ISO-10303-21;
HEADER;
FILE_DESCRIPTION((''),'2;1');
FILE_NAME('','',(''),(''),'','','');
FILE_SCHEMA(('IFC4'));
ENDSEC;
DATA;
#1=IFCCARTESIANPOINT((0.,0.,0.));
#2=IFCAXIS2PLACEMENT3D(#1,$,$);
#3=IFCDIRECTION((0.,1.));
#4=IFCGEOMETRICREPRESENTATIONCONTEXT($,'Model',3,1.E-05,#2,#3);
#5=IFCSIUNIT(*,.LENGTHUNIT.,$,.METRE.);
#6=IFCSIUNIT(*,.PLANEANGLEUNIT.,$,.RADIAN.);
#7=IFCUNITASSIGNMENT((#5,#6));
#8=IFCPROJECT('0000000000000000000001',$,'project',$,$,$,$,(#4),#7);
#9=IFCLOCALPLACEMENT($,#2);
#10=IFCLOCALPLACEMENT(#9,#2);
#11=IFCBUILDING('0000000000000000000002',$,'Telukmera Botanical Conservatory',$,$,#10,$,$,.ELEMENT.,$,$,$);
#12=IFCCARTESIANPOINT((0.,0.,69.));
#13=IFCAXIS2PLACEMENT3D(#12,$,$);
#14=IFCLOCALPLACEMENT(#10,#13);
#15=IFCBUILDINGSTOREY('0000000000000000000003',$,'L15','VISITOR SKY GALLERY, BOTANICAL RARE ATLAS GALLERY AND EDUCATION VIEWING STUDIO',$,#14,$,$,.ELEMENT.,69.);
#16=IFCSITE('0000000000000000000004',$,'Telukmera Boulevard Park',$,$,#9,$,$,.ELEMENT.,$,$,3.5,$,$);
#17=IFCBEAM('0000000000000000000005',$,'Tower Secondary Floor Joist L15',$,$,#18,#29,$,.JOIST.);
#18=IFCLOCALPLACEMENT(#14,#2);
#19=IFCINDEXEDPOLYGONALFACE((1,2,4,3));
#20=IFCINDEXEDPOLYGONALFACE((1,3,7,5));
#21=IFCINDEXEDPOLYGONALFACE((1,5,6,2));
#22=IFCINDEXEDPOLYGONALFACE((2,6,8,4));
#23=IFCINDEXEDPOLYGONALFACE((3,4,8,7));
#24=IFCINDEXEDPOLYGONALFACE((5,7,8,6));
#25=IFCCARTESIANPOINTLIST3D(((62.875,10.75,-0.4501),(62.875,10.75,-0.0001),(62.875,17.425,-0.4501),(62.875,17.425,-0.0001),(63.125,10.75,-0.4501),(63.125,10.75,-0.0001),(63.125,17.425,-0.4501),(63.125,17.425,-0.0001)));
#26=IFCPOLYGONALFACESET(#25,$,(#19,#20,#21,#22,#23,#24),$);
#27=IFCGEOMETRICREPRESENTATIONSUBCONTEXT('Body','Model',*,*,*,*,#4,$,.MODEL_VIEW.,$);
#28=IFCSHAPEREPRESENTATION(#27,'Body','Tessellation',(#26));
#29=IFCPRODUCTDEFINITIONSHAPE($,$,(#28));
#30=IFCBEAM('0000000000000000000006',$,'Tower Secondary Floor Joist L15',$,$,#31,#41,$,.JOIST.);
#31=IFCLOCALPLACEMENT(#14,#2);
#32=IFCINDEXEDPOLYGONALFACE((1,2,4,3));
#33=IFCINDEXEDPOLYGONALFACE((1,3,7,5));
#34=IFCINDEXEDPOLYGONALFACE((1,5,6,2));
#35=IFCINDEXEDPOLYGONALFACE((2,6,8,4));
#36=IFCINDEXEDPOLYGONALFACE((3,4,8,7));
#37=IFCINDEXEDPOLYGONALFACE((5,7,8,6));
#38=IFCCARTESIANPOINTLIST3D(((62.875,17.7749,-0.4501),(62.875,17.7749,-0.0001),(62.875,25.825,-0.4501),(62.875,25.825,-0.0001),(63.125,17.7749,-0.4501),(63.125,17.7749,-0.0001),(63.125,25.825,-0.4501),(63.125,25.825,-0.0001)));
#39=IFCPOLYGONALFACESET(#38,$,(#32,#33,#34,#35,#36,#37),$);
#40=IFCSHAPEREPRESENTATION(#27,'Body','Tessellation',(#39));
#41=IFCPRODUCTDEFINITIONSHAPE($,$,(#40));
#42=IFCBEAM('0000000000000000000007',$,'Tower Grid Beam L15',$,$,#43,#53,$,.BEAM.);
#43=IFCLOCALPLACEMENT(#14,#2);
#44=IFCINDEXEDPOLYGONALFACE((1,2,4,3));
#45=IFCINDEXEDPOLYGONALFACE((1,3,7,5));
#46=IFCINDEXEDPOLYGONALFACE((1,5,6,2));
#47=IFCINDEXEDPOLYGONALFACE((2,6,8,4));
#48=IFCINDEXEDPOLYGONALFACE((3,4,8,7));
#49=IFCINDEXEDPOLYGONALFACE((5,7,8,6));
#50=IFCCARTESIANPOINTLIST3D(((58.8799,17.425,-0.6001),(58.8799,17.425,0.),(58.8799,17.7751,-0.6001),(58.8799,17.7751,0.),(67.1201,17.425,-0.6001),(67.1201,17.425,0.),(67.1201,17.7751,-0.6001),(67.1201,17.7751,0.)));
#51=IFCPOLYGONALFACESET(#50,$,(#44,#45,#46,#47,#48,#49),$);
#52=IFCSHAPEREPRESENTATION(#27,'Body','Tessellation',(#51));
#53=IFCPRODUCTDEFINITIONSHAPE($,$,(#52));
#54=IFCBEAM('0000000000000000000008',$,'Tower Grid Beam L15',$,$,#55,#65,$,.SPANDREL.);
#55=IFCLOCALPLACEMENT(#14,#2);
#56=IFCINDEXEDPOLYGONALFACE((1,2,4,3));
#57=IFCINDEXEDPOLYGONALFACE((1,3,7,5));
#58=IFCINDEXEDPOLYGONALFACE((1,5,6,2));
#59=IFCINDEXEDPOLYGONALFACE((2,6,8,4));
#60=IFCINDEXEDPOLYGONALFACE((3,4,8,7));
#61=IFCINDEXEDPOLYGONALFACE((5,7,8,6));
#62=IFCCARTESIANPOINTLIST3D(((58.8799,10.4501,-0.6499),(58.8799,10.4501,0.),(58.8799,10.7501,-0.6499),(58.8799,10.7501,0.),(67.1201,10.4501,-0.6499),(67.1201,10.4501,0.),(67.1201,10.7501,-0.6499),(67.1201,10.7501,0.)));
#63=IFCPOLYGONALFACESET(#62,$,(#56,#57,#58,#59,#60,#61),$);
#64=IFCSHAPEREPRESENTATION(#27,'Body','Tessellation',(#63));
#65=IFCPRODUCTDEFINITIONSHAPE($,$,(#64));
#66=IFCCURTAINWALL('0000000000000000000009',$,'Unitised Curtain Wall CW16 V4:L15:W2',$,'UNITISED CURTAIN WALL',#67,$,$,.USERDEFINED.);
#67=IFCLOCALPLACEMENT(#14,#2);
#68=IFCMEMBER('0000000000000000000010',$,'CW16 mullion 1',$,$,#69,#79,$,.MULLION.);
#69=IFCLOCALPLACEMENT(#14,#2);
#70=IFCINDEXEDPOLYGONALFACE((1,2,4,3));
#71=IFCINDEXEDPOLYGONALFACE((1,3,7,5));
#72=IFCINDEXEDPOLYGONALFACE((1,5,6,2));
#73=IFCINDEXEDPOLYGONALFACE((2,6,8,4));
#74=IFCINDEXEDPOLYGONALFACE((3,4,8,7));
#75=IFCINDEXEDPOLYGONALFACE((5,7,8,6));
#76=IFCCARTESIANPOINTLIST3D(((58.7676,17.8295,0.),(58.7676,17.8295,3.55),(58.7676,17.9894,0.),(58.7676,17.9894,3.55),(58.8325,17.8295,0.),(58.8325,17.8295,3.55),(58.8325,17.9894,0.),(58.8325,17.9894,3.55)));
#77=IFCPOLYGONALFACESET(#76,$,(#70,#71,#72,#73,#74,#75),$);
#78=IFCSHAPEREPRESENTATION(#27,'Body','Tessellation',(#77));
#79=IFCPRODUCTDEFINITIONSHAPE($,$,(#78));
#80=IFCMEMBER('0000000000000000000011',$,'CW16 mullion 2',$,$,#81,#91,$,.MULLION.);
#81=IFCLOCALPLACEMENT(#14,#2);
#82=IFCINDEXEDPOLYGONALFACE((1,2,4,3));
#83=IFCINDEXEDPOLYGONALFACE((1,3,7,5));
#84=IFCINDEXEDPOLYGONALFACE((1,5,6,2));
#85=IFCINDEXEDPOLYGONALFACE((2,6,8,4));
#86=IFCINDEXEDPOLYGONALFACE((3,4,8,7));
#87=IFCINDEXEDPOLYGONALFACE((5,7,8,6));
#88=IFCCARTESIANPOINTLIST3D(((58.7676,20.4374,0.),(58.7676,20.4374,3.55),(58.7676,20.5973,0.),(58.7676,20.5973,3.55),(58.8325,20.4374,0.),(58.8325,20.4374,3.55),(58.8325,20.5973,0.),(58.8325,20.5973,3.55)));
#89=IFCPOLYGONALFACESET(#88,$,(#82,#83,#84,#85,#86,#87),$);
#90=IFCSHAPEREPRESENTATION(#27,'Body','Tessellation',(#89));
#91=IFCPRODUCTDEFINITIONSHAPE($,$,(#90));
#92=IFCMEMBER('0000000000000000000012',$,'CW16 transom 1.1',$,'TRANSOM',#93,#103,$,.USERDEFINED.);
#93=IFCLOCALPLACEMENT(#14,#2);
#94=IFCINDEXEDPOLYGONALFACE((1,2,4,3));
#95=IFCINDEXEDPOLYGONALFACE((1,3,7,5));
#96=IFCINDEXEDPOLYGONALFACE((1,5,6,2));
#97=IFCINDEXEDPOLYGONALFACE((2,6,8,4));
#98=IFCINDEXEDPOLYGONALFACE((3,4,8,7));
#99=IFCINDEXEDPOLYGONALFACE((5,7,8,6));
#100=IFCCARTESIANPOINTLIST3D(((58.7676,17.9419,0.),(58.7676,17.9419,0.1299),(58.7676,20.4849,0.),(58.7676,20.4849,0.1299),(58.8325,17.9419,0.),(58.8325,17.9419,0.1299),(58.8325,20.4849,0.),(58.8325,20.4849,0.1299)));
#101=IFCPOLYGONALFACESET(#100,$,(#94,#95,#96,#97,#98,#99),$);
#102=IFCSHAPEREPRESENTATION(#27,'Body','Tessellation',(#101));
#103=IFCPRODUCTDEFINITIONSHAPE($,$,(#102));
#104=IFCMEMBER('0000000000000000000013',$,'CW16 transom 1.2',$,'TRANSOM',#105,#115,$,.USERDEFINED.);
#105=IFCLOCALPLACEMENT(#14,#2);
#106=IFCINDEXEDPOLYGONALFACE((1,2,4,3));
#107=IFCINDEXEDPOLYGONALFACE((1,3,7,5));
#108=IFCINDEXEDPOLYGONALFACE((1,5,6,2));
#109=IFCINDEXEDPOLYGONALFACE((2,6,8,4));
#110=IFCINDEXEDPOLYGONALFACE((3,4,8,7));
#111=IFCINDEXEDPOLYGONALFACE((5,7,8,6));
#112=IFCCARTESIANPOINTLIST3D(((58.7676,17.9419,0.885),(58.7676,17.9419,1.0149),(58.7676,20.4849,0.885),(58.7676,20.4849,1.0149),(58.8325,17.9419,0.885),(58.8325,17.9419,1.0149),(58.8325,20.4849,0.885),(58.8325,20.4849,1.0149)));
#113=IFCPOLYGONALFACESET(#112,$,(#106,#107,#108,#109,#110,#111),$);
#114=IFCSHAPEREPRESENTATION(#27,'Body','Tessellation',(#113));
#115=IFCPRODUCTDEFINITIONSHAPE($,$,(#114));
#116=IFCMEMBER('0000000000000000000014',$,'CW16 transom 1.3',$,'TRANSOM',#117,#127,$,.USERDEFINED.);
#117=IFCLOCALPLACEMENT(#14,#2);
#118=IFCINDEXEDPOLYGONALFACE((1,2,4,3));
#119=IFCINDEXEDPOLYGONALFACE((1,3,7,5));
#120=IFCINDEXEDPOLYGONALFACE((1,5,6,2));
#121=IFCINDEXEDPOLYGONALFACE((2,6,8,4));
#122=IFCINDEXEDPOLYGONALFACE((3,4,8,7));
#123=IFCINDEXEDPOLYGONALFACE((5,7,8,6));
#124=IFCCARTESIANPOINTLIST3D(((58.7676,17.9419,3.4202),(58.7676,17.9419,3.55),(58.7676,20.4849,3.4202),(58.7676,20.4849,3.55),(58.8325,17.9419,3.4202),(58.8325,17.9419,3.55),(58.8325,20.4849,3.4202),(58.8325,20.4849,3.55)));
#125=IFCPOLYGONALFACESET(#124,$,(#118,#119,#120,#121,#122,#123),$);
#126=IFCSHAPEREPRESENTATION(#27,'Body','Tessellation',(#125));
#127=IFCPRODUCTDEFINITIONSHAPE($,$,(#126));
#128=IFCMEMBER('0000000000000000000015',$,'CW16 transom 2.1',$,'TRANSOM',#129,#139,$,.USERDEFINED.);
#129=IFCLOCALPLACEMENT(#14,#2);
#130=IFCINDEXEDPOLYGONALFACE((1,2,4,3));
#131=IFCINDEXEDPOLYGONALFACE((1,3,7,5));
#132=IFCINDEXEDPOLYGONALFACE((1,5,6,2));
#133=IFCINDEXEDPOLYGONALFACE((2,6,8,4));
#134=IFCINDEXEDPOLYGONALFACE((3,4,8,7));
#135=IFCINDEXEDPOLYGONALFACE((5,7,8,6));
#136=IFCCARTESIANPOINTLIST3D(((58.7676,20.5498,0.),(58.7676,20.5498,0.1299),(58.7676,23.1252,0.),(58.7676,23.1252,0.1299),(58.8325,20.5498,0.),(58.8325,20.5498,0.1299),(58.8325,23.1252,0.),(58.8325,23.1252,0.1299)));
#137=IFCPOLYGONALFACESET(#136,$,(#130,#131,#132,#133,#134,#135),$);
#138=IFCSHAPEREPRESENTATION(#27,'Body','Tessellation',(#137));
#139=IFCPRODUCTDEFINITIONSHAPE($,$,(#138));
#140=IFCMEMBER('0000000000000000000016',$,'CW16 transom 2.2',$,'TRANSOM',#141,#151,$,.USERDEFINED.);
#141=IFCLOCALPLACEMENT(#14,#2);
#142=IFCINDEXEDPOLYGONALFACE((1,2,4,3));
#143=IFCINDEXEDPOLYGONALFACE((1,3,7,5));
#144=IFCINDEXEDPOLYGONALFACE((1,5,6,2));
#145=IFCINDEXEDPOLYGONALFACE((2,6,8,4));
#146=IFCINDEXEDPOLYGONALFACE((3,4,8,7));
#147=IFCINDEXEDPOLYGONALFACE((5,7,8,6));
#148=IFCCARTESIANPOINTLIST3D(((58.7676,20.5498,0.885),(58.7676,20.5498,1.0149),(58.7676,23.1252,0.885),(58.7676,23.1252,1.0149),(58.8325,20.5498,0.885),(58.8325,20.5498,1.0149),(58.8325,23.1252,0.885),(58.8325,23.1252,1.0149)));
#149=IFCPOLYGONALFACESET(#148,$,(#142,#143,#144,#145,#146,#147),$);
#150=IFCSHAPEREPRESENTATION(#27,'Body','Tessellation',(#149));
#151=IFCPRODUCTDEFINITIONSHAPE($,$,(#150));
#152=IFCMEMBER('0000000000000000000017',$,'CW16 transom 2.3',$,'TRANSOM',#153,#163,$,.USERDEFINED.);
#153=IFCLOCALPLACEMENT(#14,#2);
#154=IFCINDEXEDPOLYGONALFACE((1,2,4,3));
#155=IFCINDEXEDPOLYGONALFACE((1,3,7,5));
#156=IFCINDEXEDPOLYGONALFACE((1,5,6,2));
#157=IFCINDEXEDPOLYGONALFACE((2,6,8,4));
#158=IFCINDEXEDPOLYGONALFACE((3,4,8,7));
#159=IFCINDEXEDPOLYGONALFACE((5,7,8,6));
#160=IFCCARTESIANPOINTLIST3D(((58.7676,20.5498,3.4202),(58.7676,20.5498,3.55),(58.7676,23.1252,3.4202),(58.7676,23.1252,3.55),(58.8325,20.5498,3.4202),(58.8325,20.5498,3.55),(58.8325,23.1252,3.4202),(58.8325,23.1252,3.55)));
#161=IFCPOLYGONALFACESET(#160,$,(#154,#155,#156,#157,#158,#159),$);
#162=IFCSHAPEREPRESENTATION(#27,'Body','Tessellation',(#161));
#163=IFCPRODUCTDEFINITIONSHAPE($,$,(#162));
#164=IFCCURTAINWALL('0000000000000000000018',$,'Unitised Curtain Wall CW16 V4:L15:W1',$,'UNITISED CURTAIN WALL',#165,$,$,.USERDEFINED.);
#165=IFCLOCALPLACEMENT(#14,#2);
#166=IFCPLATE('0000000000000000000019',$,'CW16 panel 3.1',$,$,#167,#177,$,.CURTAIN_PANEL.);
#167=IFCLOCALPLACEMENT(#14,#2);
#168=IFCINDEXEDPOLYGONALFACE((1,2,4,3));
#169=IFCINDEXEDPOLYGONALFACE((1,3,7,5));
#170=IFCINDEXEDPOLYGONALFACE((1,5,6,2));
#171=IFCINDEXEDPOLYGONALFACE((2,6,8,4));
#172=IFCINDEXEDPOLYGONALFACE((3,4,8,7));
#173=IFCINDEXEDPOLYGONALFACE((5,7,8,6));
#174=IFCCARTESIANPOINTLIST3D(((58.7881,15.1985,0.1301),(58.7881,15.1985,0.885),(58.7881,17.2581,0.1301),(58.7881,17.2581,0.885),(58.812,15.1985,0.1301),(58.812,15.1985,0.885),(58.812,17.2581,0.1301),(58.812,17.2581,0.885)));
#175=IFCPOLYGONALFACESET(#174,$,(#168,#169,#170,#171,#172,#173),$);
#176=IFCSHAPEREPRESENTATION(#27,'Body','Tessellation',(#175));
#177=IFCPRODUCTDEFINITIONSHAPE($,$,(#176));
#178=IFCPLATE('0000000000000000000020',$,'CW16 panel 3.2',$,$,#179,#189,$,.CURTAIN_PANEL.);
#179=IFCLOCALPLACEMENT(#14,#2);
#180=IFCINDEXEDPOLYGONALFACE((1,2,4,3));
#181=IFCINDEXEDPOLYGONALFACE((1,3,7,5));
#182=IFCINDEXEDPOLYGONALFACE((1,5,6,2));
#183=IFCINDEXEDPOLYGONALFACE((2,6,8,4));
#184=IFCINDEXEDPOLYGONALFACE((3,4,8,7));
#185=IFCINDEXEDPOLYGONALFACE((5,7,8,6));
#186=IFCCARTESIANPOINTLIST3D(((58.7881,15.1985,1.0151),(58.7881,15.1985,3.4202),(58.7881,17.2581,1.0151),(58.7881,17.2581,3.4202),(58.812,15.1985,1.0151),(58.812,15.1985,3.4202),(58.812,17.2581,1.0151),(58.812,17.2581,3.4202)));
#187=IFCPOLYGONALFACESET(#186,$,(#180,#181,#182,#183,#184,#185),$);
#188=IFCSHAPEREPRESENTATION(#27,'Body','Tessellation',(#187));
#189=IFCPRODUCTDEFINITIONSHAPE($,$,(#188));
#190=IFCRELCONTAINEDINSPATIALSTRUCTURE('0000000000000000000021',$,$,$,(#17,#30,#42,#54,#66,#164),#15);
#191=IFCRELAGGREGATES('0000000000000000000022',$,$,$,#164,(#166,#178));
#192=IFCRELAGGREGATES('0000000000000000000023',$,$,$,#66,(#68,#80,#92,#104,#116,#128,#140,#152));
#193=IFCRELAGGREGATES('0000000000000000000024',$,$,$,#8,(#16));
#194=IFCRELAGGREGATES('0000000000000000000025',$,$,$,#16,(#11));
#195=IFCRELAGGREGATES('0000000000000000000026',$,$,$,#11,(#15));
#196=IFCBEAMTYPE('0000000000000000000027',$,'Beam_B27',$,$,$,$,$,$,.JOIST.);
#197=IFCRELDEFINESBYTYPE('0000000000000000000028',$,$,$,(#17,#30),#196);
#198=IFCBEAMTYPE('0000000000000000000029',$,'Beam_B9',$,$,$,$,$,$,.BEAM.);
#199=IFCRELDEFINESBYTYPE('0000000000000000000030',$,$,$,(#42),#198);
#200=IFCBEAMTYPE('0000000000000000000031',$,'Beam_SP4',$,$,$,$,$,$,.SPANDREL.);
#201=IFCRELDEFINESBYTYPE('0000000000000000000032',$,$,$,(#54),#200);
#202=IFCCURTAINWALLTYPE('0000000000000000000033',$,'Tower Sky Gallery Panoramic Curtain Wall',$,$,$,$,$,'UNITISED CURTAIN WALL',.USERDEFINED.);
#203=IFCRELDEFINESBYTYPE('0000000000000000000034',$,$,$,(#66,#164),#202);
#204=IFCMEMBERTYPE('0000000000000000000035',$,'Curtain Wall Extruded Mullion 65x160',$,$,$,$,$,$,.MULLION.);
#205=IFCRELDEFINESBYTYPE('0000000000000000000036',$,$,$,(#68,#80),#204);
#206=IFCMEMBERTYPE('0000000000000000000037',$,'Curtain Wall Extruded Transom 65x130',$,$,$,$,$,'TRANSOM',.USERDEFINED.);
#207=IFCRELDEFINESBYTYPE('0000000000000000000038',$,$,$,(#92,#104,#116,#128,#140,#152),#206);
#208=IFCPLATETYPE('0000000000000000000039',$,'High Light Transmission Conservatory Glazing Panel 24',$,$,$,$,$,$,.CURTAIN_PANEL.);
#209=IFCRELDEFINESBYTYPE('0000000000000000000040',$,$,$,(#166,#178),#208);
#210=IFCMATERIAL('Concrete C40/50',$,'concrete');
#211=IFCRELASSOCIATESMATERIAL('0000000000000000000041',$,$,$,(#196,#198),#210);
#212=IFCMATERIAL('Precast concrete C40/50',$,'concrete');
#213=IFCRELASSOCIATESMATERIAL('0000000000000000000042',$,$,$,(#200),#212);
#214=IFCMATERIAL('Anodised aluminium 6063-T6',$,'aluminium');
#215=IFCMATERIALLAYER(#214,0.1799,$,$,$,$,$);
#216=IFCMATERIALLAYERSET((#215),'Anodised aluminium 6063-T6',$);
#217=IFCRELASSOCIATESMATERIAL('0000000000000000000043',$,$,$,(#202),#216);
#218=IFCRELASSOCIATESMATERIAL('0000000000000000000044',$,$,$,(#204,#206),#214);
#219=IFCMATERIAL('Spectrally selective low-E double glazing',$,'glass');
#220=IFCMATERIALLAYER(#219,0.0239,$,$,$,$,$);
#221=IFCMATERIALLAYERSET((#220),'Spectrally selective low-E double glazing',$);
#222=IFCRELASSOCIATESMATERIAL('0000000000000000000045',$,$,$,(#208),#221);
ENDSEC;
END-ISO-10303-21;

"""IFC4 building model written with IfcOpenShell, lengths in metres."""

from ifc_helpers import new_model, si_unit, direction, frame, origin, origin_2d, place, context, subcontext, project, spatial, rectangle, extrude, material, layer, layer_set, material_profile, profile_set, type_object, element, aggregate, save


model = new_model("IFC4")

# Units and contexts
model_context = context("Model", 3, precision=1e-05, world=origin(), true_north=direction((0.0, 1.0)))
body_context = subcontext(model_context, "Body", "Model", "MODEL_VIEW")
ifc_project = project(units=[si_unit("LENGTHUNIT", "METRE"), si_unit("PLANEANGLEUNIT", "RADIAN")], contexts=[model_context])

# Site, building, storey
site_placement = place(None, origin())
site = spatial("IfcSite", under=ifc_project, at=site_placement, Name="Telukmera Boulevard Park", CompositionType="ELEMENT", RefElevation=3.5)
building_placement = place(site_placement, origin())
building = spatial("IfcBuilding", under=site, at=building_placement, Name="Telukmera Botanical Conservatory", CompositionType="ELEMENT")
storey_placement = place(building_placement, frame((0.0, 0.0, 69.0)))
storey = spatial("IfcBuildingStorey", under=building, at=storey_placement, Name="L15", Description="VISITOR SKY GALLERY, BOTANICAL RARE ATLAS GALLERY AND EDUCATION VIEWING STUDIO", CompositionType="ELEMENT", Elevation=69.0)

# Beams
ifc_material_1 = material(Name="Concrete C40/50", Category="concrete")
ifc_material_profile_1 = material_profile(ifc_material_1, rectangle(XDim=0.25, YDim=0.45, at=origin_2d()), Name="RC 250x450")
ifc_profile_set_1 = profile_set([ifc_material_profile_1], Name="Concrete C40/50")
beam_type_1 = type_object("IfcBeamType", Name="Beam_B27", PredefinedType="JOIST", material=ifc_profile_set_1)
beam_1_placement = place(storey_placement, frame((63.0, 10.75, -0.2251), z_axis=(0.0, 1.0, 0.0), x_axis=(-1.0, 0.0, 0.0)))
element("IfcBeam", 1, at=beam_1_placement, inside=storey, type_object=beam_type_1, Name="Tower Secondary Floor Joist L15", PredefinedType="JOIST", context=body_context, shape_type="SweptSolid", body=[
    extrude(rectangle(XDim=0.25, YDim=0.45, at=origin_2d()), origin(), (0.0, 0.0, 1.0), 6.675),
])
beam_2_placement = place(storey_placement, frame((63.0, 17.7749, -0.2251), z_axis=(0.0, 1.0, 0.0), x_axis=(-1.0, 0.0, 0.0)))
element("IfcBeam", 2, at=beam_2_placement, inside=storey, type_object=beam_type_1, Name="Tower Secondary Floor Joist L15", PredefinedType="JOIST", context=body_context, shape_type="SweptSolid", body=[
    extrude(rectangle(XDim=0.25, YDim=0.45, at=origin_2d()), origin(), (0.0, 0.0, 1.0), 8.05),
])
ifc_material_profile_2 = material_profile(ifc_material_1, rectangle(XDim=0.3501, YDim=0.6001, at=origin_2d()), Name="RC 350x600")
ifc_profile_set_2 = profile_set([ifc_material_profile_2], Name="Concrete C40/50")
beam_type_2 = type_object("IfcBeamType", Name="Beam_B9", PredefinedType="BEAM", material=ifc_profile_set_2)
beam_3_placement = place(storey_placement, frame((58.8799, 17.6001, -0.3), z_axis=(1.0, 0.0, 0.0), x_axis=(0.0, 1.0, 0.0)))
element("IfcBeam", 3, at=beam_3_placement, inside=storey, type_object=beam_type_2, Name="Tower Grid Beam L15", PredefinedType="BEAM", context=body_context, shape_type="SweptSolid", body=[
    extrude(rectangle(XDim=0.3501, YDim=0.6001, at=origin_2d()), origin(), (0.0, 0.0, 1.0), 8.2402),
])
ifc_material_2 = material(Name="Precast concrete C40/50", Category="concrete")
ifc_material_profile_3 = material_profile(ifc_material_2, rectangle(XDim=0.3, YDim=0.6499, at=origin_2d()), Name="PC 300x650")
ifc_profile_set_3 = profile_set([ifc_material_profile_3], Name="Precast concrete C40/50")
beam_type_3 = type_object("IfcBeamType", Name="Beam_SP4", PredefinedType="SPANDREL", material=ifc_profile_set_3)
beam_4_placement = place(storey_placement, frame((58.8799, 10.6001, -0.325), z_axis=(1.0, 0.0, 0.0), x_axis=(0.0, 1.0, 0.0)))
element("IfcBeam", 4, at=beam_4_placement, inside=storey, type_object=beam_type_3, Name="Tower Grid Beam L15", PredefinedType="SPANDREL", context=body_context, shape_type="SweptSolid", body=[
    extrude(rectangle(XDim=0.3, YDim=0.6499, at=origin_2d()), origin(), (0.0, 0.0, 1.0), 8.2402),
])

# Curtain wall, members
ifc_material_3 = material(Name="Anodised aluminium 6063-T6", Category="aluminium")
ifc_layer_1 = layer(ifc_material_3, 0.1799)
ifc_layer_set_1 = layer_set([ifc_layer_1], Name="Anodised aluminium 6063-T6")
curtain_wall_type = type_object("IfcCurtainWallType", Name="Tower Sky Gallery Panoramic Curtain Wall", ElementType="UNITISED CURTAIN WALL", PredefinedType="USERDEFINED", material=ifc_layer_set_1)
curtain_wall_1_placement = place(storey_placement, origin())
curtain_wall_1 = element("IfcCurtainWall", 5, at=curtain_wall_1_placement, inside=storey, type_object=curtain_wall_type, Name="Unitised Curtain Wall CW16 V4:L15:W2", ObjectType="UNITISED CURTAIN WALL", PredefinedType="USERDEFINED")
ifc_material_profile_4 = material_profile(ifc_material_3, rectangle(XDim=0.0649, YDim=0.1599, at=origin_2d()), Name="ALU MULL 65x160")
ifc_profile_set_4 = profile_set([ifc_material_profile_4], Name="Anodised aluminium 6063-T6")
member_type_1 = type_object("IfcMemberType", Name="Curtain Wall Extruded Mullion 65x160", PredefinedType="MULLION", material=ifc_profile_set_4)
member_1_placement = place(storey_placement, frame((58.8, 17.9094, 0.0), z_axis=(0.0, 0.0, 1.0), x_axis=(-1.0, 0.0, 0.0)))
member_1 = element("IfcMember", 6, at=member_1_placement, type_object=member_type_1, Name="CW16 mullion 1", PredefinedType="MULLION", context=body_context, shape_type="SweptSolid", body=[
    extrude(rectangle(XDim=0.0649, YDim=0.1599, at=origin_2d()), origin(), (0.0, 0.0, 1.0), 3.55),
])
member_2_placement = place(storey_placement, frame((58.8, 20.5173, 0.0), z_axis=(0.0, 0.0, 1.0), x_axis=(-1.0, 0.0, 0.0)))
member_2 = element("IfcMember", 7, at=member_2_placement, type_object=member_type_1, Name="CW16 mullion 2", PredefinedType="MULLION", context=body_context, shape_type="SweptSolid", body=[
    extrude(rectangle(XDim=0.0649, YDim=0.1599, at=origin_2d()), origin(), (0.0, 0.0, 1.0), 3.55),
])
ifc_material_profile_5 = material_profile(ifc_material_3, rectangle(XDim=0.0649, YDim=0.1299, at=origin_2d()), Name="ALU TRAN 65x130")
ifc_profile_set_5 = profile_set([ifc_material_profile_5], Name="Anodised aluminium 6063-T6")
member_type_2 = type_object("IfcMemberType", Name="Curtain Wall Extruded Transom 65x130", ElementType="TRANSOM", PredefinedType="USERDEFINED", material=ifc_profile_set_5)
member_3_placement = place(storey_placement, frame((58.8, 17.9419, 0.0649), z_axis=(0.0, 1.0, 0.0), x_axis=(-1.0, 0.0, 0.0)))
member_3 = element("IfcMember", 8, at=member_3_placement, type_object=member_type_2, Name="CW16 transom 1.1", ObjectType="TRANSOM", PredefinedType="USERDEFINED", context=body_context, shape_type="SweptSolid", body=[
    extrude(rectangle(XDim=0.0649, YDim=0.1299, at=origin_2d()), origin(), (0.0, 0.0, 1.0), 2.543),
])
member_4_placement = place(storey_placement, frame((58.8, 17.9419, 0.95), z_axis=(0.0, 1.0, 0.0), x_axis=(-1.0, 0.0, 0.0)))
member_4 = element("IfcMember", 9, at=member_4_placement, type_object=member_type_2, Name="CW16 transom 1.2", ObjectType="TRANSOM", PredefinedType="USERDEFINED", context=body_context, shape_type="SweptSolid", body=[
    extrude(rectangle(XDim=0.0649, YDim=0.1299, at=origin_2d()), origin(), (0.0, 0.0, 1.0), 2.543),
])
member_5_placement = place(storey_placement, frame((58.8, 17.9419, 3.4851), z_axis=(0.0, 1.0, 0.0), x_axis=(-1.0, 0.0, 0.0)))
member_5 = element("IfcMember", 10, at=member_5_placement, type_object=member_type_2, Name="CW16 transom 1.3", ObjectType="TRANSOM", PredefinedType="USERDEFINED", context=body_context, shape_type="SweptSolid", body=[
    extrude(rectangle(XDim=0.0649, YDim=0.1299, at=origin_2d()), origin(), (0.0, 0.0, 1.0), 2.543),
])
member_6_placement = place(storey_placement, frame((58.8, 20.5498, 0.0649), z_axis=(0.0, 1.0, 0.0), x_axis=(-1.0, 0.0, 0.0)))
member_6 = element("IfcMember", 11, at=member_6_placement, type_object=member_type_2, Name="CW16 transom 2.1", ObjectType="TRANSOM", PredefinedType="USERDEFINED", context=body_context, shape_type="SweptSolid", body=[
    extrude(rectangle(XDim=0.0649, YDim=0.1299, at=origin_2d()), origin(), (0.0, 0.0, 1.0), 2.5754),
])
member_7_placement = place(storey_placement, frame((58.8, 20.5498, 0.95), z_axis=(0.0, 1.0, 0.0), x_axis=(-1.0, 0.0, 0.0)))
member_7 = element("IfcMember", 12, at=member_7_placement, type_object=member_type_2, Name="CW16 transom 2.2", ObjectType="TRANSOM", PredefinedType="USERDEFINED", context=body_context, shape_type="SweptSolid", body=[
    extrude(rectangle(XDim=0.0649, YDim=0.1299, at=origin_2d()), origin(), (0.0, 0.0, 1.0), 2.5754),
])
member_8_placement = place(storey_placement, frame((58.8, 20.5498, 3.4851), z_axis=(0.0, 1.0, 0.0), x_axis=(-1.0, 0.0, 0.0)))
member_8 = element("IfcMember", 13, at=member_8_placement, type_object=member_type_2, Name="CW16 transom 2.3", ObjectType="TRANSOM", PredefinedType="USERDEFINED", context=body_context, shape_type="SweptSolid", body=[
    extrude(rectangle(XDim=0.0649, YDim=0.1299, at=origin_2d()), origin(), (0.0, 0.0, 1.0), 2.5754),
])

# Curtain wall, plates
curtain_wall_2_placement = place(storey_placement, origin())
curtain_wall_2 = element("IfcCurtainWall", 14, at=curtain_wall_2_placement, inside=storey, type_object=curtain_wall_type, Name="Unitised Curtain Wall CW16 V4:L15:W1", ObjectType="UNITISED CURTAIN WALL", PredefinedType="USERDEFINED")
ifc_material_4 = material(Name="Spectrally selective low-E double glazing", Category="glass")
ifc_layer_2 = layer(ifc_material_4, 0.0239)
ifc_layer_set_2 = layer_set([ifc_layer_2], Name="Spectrally selective low-E double glazing")
plate_type = type_object("IfcPlateType", Name="High Light Transmission Conservatory Glazing Panel 24", PredefinedType="CURTAIN_PANEL", material=ifc_layer_set_2)
plate_1_placement = place(storey_placement, frame((58.8, 16.2283, 0.1301), z_axis=(0.0, 0.0, 1.0), x_axis=(0.0, 1.0, 0.0)))
plate_1 = element("IfcPlate", 15, at=plate_1_placement, type_object=plate_type, Name="CW16 panel 3.1", PredefinedType="CURTAIN_PANEL", context=body_context, shape_type="SweptSolid", body=[
    extrude(rectangle(XDim=2.0596, YDim=0.0239, at=origin_2d()), origin(), (0.0, 0.0, 1.0), 0.7549),
])
plate_2_placement = place(storey_placement, frame((58.8, 16.2283, 1.0151), z_axis=(0.0, 0.0, 1.0), x_axis=(0.0, 1.0, 0.0)))
plate_2 = element("IfcPlate", 16, at=plate_2_placement, type_object=plate_type, Name="CW16 panel 3.2", PredefinedType="CURTAIN_PANEL", context=body_context, shape_type="SweptSolid", body=[
    extrude(rectangle(XDim=2.0596, YDim=0.0239, at=origin_2d()), origin(), (0.0, 0.0, 1.0), 2.405),
])
aggregate(curtain_wall_2, [plate_1, plate_2])

aggregate(curtain_wall_1, [member_1, member_2, member_3, member_4, member_5, member_6, member_7, member_8])

save(model, "model.ifc")
